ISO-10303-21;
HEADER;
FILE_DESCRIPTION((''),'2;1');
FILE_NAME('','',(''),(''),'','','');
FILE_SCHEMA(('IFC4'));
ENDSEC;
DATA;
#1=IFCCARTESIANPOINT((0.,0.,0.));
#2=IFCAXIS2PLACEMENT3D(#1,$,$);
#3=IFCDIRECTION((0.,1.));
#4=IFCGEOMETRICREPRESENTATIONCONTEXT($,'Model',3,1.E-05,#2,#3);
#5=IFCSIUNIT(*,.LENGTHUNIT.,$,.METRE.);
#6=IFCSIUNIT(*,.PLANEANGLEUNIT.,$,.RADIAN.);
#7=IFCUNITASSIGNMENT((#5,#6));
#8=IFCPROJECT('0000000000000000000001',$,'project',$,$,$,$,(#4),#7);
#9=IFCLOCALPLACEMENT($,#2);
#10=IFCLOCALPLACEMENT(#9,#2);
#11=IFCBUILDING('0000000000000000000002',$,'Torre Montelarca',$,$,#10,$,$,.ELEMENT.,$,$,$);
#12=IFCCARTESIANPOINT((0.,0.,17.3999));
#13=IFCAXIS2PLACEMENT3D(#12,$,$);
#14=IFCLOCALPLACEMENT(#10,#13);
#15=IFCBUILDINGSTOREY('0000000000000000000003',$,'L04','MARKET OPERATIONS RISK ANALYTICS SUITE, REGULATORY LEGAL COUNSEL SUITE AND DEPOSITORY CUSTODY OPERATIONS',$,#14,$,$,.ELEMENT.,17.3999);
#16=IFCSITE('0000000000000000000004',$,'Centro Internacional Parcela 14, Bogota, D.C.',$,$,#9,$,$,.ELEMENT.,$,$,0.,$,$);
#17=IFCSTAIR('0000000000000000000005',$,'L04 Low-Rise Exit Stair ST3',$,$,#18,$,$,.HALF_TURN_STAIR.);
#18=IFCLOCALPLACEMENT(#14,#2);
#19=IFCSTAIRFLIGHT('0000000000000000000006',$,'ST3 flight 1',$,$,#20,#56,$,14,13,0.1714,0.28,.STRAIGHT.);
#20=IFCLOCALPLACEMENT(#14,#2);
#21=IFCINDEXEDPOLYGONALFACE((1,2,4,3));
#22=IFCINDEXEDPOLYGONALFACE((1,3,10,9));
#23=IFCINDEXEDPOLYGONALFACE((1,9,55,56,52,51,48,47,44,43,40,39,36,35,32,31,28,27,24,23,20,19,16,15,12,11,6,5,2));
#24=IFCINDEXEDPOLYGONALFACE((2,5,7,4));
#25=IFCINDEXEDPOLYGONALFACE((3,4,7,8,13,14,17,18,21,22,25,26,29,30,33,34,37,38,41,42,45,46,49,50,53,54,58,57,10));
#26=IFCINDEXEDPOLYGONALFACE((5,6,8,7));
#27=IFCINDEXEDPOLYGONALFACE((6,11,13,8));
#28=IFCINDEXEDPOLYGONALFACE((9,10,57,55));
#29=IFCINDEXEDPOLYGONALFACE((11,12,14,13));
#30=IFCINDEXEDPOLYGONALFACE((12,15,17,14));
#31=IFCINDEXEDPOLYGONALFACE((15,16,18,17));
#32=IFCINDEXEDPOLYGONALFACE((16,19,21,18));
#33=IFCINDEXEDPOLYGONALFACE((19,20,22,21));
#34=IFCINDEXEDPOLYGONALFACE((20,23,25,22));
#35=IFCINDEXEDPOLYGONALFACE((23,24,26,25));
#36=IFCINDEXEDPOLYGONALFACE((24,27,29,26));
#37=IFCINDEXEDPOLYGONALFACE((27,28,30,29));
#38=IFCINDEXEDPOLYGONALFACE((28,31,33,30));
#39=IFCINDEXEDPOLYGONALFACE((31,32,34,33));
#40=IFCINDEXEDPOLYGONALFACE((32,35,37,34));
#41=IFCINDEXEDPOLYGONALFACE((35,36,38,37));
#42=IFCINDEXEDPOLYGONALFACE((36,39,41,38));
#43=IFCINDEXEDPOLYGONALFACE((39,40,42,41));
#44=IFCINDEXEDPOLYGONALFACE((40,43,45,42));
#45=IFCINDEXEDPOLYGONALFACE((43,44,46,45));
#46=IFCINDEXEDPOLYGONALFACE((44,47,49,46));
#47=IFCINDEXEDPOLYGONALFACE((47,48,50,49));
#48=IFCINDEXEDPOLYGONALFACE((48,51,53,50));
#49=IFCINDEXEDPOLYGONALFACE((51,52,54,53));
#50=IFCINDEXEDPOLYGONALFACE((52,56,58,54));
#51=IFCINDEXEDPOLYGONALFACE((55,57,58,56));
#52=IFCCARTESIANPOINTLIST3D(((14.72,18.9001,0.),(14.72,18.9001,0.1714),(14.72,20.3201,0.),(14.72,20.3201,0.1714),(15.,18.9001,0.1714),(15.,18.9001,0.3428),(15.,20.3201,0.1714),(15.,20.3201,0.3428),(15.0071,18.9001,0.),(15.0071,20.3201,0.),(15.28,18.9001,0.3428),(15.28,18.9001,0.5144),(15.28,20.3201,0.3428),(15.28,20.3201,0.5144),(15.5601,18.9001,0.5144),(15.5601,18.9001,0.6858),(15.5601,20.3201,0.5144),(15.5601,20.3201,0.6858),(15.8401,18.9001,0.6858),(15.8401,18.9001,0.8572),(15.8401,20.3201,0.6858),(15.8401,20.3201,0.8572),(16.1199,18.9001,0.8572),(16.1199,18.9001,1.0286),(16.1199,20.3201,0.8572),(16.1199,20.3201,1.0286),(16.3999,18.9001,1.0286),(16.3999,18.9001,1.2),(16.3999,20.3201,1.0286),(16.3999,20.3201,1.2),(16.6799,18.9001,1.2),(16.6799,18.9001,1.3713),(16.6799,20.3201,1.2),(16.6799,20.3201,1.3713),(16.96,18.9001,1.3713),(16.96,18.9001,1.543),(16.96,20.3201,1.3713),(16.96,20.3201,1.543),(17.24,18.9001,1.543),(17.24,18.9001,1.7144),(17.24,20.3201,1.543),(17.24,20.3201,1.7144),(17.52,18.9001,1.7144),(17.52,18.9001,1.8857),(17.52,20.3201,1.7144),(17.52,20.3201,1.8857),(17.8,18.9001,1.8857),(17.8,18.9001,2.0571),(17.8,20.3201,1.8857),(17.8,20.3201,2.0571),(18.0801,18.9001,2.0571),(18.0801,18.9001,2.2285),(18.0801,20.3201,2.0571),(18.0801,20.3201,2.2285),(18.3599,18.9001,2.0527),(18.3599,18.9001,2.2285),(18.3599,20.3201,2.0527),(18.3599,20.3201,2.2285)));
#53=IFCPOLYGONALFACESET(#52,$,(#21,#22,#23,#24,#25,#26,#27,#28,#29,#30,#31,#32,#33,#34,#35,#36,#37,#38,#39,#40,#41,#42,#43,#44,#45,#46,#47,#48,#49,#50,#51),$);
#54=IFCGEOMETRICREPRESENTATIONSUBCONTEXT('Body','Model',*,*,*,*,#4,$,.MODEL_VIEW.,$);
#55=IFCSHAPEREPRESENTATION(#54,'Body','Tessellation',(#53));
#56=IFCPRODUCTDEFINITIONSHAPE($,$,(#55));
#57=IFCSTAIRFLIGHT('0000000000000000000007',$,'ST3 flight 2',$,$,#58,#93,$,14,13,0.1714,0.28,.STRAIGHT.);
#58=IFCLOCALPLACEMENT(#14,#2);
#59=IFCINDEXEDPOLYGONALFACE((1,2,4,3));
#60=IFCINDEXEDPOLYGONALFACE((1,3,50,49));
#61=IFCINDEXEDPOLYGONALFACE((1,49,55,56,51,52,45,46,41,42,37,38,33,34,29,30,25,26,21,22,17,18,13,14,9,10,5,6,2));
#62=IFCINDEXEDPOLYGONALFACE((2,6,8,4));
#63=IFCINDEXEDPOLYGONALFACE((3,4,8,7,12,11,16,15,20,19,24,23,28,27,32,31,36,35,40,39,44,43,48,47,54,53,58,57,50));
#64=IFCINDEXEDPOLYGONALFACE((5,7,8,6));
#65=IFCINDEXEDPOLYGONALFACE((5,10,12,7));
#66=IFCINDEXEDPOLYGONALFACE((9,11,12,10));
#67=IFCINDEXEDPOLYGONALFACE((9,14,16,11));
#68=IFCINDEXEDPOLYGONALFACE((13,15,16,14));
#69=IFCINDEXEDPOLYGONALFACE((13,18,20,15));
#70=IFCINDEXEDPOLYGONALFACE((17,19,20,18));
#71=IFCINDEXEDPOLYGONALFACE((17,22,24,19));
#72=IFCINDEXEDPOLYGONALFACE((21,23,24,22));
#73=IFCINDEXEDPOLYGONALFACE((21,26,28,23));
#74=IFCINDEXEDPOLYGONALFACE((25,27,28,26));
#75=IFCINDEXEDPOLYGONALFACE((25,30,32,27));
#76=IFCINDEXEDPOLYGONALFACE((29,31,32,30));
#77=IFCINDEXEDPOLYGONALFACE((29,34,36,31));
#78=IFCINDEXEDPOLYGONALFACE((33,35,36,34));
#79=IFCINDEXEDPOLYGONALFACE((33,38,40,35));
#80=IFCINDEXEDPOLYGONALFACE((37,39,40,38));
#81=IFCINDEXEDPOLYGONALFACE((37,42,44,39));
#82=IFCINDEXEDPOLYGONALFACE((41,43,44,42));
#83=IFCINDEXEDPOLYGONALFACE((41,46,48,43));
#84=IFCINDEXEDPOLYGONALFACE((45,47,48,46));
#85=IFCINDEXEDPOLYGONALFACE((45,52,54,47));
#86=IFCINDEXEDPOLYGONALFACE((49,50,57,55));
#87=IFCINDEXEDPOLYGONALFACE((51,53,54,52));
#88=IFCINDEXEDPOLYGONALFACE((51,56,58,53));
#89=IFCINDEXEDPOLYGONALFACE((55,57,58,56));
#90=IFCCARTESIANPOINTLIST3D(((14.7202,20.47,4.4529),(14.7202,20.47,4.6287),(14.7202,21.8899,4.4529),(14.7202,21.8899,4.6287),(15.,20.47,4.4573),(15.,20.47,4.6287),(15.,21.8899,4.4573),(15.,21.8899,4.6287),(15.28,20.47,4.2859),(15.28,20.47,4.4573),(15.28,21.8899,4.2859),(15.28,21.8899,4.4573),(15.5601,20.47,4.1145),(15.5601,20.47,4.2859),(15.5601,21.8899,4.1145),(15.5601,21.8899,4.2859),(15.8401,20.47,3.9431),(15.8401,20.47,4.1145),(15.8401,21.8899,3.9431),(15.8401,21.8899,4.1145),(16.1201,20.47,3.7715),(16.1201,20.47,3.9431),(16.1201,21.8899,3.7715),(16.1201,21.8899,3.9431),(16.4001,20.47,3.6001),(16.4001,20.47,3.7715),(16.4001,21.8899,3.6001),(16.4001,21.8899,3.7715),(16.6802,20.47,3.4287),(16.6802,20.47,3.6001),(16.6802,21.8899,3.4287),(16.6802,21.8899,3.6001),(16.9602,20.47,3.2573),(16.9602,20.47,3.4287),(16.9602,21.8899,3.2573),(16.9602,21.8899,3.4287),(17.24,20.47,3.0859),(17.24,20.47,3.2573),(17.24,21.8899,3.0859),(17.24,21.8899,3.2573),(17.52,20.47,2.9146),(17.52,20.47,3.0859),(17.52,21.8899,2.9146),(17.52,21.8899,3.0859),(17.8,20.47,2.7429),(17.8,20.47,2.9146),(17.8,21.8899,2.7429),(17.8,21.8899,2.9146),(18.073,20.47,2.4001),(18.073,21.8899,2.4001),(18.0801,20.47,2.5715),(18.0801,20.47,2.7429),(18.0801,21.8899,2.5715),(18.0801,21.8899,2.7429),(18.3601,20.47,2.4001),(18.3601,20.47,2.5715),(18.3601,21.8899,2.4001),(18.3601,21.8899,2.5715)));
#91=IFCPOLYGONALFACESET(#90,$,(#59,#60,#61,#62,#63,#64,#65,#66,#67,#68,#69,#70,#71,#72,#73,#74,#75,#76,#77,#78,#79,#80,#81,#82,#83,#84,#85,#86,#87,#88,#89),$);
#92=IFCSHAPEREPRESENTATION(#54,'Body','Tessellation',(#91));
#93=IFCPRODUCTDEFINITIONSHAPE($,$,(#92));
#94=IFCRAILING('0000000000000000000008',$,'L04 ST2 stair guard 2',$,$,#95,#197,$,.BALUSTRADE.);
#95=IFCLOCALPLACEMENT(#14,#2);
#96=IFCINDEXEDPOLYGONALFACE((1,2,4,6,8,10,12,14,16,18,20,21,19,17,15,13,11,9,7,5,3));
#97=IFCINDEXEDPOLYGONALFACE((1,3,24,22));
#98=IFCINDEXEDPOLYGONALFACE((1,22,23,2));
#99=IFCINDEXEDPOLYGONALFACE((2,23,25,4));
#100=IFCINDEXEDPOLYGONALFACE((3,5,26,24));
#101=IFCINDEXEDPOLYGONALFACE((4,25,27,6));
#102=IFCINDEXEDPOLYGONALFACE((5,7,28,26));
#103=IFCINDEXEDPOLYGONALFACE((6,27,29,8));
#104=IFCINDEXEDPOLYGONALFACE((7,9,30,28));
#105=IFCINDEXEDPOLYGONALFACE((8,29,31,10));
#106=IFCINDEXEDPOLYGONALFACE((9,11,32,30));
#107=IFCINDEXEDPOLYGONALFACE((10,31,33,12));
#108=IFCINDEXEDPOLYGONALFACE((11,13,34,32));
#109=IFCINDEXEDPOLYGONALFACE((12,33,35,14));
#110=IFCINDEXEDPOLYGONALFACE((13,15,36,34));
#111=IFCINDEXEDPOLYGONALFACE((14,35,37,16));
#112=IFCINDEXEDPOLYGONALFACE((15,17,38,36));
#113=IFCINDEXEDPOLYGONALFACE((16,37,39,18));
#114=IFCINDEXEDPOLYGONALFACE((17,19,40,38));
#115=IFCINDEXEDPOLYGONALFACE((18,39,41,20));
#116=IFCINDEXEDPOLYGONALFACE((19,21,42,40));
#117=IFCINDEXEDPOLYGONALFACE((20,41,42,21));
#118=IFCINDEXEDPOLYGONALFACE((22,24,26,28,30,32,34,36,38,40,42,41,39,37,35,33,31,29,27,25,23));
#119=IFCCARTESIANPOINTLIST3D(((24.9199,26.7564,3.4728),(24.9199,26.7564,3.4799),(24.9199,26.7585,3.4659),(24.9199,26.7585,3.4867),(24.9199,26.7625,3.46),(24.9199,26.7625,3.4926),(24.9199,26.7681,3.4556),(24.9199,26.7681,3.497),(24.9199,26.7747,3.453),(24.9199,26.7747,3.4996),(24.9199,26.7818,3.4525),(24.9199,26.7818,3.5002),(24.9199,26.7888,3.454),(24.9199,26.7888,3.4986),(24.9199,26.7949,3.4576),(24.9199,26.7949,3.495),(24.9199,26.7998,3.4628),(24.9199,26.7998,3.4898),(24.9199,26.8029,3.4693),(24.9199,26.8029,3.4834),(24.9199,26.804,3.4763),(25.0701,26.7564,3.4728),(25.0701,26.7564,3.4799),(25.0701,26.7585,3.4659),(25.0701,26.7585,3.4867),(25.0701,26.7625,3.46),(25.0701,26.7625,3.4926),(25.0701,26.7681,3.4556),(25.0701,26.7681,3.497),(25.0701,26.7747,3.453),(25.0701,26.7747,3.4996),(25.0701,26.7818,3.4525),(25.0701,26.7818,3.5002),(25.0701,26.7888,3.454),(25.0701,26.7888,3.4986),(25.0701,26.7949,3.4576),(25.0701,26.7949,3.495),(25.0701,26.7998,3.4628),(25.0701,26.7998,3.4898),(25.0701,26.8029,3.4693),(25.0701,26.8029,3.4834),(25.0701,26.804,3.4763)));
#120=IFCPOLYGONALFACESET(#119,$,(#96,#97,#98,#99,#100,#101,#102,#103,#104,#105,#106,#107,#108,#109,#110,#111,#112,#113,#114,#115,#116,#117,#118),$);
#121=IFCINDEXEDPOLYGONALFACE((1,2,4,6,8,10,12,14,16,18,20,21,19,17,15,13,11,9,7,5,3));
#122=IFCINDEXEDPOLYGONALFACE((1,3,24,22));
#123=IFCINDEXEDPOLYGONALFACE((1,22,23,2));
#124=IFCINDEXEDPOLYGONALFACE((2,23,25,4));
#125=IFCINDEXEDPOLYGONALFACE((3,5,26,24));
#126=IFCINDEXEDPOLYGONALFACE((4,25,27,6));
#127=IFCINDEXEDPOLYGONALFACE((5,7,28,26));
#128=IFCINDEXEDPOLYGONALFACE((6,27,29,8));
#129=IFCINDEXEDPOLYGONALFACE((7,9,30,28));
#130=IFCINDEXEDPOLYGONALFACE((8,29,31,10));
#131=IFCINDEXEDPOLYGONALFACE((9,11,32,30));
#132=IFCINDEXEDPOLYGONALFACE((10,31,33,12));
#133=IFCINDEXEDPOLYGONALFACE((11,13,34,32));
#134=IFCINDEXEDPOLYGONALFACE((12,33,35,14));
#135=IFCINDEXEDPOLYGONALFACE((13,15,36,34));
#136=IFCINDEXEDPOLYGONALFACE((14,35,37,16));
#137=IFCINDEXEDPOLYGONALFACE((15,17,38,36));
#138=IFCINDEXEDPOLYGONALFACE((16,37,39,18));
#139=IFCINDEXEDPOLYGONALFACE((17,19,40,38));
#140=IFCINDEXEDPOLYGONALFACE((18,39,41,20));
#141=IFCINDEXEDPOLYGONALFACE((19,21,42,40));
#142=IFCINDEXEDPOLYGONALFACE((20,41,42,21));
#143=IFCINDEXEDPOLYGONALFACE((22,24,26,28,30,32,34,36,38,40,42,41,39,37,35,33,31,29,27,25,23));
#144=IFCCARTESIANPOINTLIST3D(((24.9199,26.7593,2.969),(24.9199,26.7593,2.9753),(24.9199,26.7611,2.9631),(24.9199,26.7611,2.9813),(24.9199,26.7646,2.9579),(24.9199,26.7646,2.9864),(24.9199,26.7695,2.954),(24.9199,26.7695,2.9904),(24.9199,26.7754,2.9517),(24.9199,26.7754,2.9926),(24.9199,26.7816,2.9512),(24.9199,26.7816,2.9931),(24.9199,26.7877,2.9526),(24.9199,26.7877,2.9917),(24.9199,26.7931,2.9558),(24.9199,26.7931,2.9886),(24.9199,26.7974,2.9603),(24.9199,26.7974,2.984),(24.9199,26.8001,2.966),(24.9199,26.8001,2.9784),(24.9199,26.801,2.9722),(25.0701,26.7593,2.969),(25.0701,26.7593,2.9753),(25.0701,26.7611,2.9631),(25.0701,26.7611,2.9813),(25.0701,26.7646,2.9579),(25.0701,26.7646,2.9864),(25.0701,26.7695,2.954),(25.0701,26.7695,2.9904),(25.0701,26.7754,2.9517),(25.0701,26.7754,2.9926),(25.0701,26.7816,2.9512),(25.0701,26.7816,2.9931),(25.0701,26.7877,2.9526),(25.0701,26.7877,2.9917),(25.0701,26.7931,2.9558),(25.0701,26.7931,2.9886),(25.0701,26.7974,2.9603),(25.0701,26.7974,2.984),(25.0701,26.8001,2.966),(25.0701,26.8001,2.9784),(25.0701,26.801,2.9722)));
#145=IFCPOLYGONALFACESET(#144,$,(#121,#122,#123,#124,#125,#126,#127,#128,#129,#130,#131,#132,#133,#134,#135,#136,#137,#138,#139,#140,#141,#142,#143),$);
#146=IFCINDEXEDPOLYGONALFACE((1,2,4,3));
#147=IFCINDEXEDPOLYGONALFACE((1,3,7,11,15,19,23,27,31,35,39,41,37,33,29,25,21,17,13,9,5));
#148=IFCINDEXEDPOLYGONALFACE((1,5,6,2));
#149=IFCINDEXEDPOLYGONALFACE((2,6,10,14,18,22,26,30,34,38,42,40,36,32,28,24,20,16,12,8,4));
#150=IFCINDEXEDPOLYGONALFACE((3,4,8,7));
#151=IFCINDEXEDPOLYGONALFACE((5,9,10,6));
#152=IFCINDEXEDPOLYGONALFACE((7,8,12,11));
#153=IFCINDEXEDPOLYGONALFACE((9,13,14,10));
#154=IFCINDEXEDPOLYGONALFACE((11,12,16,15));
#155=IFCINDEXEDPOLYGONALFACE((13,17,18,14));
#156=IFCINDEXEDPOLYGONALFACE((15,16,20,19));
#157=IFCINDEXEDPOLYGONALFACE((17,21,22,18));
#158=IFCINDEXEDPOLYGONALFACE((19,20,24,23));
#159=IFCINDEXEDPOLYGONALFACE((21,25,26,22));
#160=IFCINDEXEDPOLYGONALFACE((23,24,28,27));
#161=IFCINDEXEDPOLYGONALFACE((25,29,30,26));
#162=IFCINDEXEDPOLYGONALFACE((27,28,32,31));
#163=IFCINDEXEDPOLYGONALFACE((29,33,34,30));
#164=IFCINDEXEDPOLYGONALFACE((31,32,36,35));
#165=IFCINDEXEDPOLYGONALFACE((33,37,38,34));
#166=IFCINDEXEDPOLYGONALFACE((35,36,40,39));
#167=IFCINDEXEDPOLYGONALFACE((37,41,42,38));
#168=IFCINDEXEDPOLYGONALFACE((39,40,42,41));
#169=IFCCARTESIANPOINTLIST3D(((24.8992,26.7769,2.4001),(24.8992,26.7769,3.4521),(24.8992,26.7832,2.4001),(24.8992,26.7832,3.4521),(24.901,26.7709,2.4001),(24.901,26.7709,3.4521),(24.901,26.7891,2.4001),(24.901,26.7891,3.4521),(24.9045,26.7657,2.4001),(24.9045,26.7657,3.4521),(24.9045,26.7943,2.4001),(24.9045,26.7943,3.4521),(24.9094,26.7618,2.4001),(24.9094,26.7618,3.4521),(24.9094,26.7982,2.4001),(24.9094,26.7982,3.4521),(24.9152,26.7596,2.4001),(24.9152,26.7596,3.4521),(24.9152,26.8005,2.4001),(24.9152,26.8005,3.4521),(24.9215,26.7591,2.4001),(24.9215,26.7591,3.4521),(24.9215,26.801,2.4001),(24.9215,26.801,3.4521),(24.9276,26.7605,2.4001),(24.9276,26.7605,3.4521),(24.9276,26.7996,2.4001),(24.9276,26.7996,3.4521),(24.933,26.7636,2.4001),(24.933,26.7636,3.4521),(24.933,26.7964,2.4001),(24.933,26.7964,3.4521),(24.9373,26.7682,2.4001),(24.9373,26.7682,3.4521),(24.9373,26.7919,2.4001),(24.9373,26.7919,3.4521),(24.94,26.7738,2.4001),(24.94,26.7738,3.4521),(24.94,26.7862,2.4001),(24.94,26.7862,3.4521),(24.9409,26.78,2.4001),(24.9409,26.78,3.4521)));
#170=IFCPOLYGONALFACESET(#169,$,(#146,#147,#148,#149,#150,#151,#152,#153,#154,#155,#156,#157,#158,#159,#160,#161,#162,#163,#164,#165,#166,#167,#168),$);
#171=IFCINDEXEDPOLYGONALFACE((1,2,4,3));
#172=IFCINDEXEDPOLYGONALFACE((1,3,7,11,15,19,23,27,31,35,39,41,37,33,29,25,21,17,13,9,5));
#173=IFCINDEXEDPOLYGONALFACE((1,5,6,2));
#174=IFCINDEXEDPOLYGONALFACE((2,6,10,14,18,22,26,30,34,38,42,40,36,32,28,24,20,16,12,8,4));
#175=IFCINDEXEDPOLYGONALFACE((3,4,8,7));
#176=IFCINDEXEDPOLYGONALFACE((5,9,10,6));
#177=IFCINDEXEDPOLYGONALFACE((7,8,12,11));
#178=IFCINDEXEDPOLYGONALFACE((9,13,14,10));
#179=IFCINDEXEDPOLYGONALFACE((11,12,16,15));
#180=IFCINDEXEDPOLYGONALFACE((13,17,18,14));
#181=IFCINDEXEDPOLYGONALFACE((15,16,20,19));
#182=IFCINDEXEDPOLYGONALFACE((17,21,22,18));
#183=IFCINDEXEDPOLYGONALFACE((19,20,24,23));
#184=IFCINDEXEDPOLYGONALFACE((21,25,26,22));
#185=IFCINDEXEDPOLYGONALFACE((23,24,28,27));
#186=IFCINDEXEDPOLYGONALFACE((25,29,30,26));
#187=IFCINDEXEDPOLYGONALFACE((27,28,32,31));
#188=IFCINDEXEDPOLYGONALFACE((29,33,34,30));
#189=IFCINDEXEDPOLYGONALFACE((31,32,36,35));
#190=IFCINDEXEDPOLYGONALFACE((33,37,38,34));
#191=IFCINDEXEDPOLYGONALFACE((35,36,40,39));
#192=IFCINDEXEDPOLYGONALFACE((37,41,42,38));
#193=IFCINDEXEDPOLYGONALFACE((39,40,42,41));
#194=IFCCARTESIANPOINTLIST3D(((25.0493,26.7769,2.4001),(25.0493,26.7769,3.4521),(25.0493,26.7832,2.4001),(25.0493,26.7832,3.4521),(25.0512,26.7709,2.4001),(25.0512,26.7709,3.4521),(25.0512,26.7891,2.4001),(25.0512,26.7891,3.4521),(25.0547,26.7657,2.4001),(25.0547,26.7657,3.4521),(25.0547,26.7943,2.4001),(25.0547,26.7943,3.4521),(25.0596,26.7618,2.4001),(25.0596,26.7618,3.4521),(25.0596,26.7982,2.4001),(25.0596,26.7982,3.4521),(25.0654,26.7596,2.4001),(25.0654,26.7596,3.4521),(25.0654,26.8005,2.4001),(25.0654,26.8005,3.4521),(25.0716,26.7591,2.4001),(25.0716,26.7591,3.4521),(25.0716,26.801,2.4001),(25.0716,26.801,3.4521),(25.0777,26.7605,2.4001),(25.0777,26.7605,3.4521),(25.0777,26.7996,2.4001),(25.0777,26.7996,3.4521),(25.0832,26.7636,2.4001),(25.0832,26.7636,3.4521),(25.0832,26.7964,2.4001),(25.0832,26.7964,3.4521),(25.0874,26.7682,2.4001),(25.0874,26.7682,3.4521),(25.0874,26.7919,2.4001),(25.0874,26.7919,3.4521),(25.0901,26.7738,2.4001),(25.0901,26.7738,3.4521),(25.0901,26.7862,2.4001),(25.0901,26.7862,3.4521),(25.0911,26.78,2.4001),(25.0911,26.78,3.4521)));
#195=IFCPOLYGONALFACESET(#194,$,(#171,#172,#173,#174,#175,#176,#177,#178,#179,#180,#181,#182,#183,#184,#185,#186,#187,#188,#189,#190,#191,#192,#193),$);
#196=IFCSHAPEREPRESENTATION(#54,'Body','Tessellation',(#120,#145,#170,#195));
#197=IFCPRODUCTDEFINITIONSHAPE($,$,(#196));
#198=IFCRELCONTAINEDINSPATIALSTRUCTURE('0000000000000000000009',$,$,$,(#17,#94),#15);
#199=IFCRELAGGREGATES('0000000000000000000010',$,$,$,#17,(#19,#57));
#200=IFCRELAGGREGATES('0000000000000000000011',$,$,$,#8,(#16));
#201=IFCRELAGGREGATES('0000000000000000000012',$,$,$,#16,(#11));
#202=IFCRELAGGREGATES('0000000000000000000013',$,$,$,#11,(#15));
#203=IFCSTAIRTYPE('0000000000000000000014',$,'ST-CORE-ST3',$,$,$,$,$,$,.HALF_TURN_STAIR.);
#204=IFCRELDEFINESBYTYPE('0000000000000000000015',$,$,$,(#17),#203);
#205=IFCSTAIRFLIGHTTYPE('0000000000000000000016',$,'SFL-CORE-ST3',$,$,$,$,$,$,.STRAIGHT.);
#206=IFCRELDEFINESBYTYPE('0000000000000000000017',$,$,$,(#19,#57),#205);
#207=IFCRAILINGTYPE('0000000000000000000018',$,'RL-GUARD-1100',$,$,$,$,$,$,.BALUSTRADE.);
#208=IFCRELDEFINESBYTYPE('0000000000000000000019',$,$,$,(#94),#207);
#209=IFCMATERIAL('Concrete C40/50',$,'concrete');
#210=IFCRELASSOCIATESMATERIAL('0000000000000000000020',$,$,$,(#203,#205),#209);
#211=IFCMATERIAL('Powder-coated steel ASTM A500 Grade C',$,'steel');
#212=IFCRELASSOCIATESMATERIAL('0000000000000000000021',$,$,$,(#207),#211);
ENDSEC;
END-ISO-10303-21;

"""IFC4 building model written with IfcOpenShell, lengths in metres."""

from ifc_helpers import new_model, si_unit, direction, frame, origin, origin_2d, place, context, subcontext, project, spatial, polyline, circle, outline, extrude, material, type_object, element, aggregate, save


model = new_model("IFC4")

# Units and contexts
model_context = context("Model", 3, precision=1e-05, world=origin(), true_north=direction((0.0, 1.0)))
body_context = subcontext(model_context, "Body", "Model", "MODEL_VIEW")
ifc_project = project(units=[si_unit("LENGTHUNIT", "METRE"), si_unit("PLANEANGLEUNIT", "RADIAN")], contexts=[model_context])

# Site, building, storey
site_placement = place(None, origin())
site = spatial("IfcSite", under=ifc_project, at=site_placement, Name="Centro Internacional Parcela 14, Bogota, D.C.", CompositionType="ELEMENT", RefElevation=0.0)
building_placement = place(site_placement, origin())
building = spatial("IfcBuilding", under=site, at=building_placement, Name="Torre Montelarca", CompositionType="ELEMENT")
storey_placement = place(building_placement, frame((0.0, 0.0, 17.3999)))
storey = spatial("IfcBuildingStorey", under=building, at=storey_placement, Name="L04", Description="MARKET OPERATIONS RISK ANALYTICS SUITE, REGULATORY LEGAL COUNSEL SUITE AND DEPOSITORY CUSTODY OPERATIONS", CompositionType="ELEMENT", Elevation=17.3999)

# Shared definitions
ifc_material_1 = material(Name="Concrete C40/50", Category="concrete")

# Stair, stair flights
stair_type_1 = type_object("IfcStairType", Name="ST-CORE-ST3", PredefinedType="HALF_TURN_STAIR", material=ifc_material_1)
stair_1_placement = place(storey_placement, origin())
stair_1 = element("IfcStair", 1, at=stair_1_placement, inside=storey, type_object=stair_type_1, Name="L04 Low-Rise Exit Stair ST3", PredefinedType="HALF_TURN_STAIR")
stair_flight_type_1 = type_object("IfcStairFlightType", Name="SFL-CORE-ST3", PredefinedType="STRAIGHT", material=ifc_material_1)
stair_flight_1_placement = place(storey_placement, frame((14.72, 19.6101, 0.0), z_axis=(0.0, 0.0, 1.0), x_axis=(1.0, 0.0, 0.0)))
stair_flight_1 = element("IfcStairFlight", 2, at=stair_flight_1_placement, type_object=stair_flight_type_1, Name="ST3 flight 1", NumberOfRisers=14, NumberOfTreads=13, PredefinedType="STRAIGHT", RiserHeight=0.1714, TreadLength=0.28, context=body_context, shape_type="SweptSolid", body=[
    extrude(outline(polyline([(0.0, 0.0), (0.0, 0.1714), (0.28, 0.1714), (0.28, 0.3428), (0.5601, 0.3428), (0.5601, 0.5144), (0.8401, 0.5144), (0.8401, 0.6858), (1.1201, 0.6858), (1.1201, 0.8572), (1.3999, 0.8572), (1.3999, 1.0286), (1.6799, 1.0286), (1.6799, 1.2), (1.96, 1.2), (1.96, 1.3713), (2.24, 1.3713), (2.24, 1.543), (2.52, 1.543), (2.52, 1.7144), (2.8, 1.7144), (2.8, 1.8857), (3.0801, 1.8857), (3.0801, 2.0571), (3.3601, 2.0571), (3.3601, 2.2285), (3.6399, 2.2285), (3.6399, 2.3999), (3.6399, 2.0527), (0.2871, 0.0), (0.0, 0.0)])), frame((0.0, 0.71, 0.0), z_axis=(0.0, -1.0, 0.0), x_axis=(1.0, 0.0, 0.0)), (0.0, 0.0, 1.0), 1.4199),
])
stair_flight_2_placement = place(storey_placement, frame((18.3601, 21.1799, 2.4001), z_axis=(0.0, 0.0, 1.0), x_axis=(-1.0, 0.0, 0.0)))
stair_flight_2 = element("IfcStairFlight", 3, at=stair_flight_2_placement, type_object=stair_flight_type_1, Name="ST3 flight 2", NumberOfRisers=14, NumberOfTreads=13, PredefinedType="STRAIGHT", RiserHeight=0.1714, TreadLength=0.28, context=body_context, shape_type="SweptSolid", body=[
    extrude(outline(polyline([(0.0, 0.0), (0.0, 0.1714), (0.28, 0.1714), (0.28, 0.3428), (0.5601, 0.3428), (0.5601, 0.5144), (0.8401, 0.5144), (0.8401, 0.6858), (1.1201, 0.6858), (1.1201, 0.8572), (1.3999, 0.8572), (1.3999, 1.0286), (1.6799, 1.0286), (1.6799, 1.2), (1.96, 1.2), (1.96, 1.3713), (2.24, 1.3713), (2.24, 1.543), (2.52, 1.543), (2.52, 1.7144), (2.8, 1.7144), (2.8, 1.8857), (3.0801, 1.8857), (3.0801, 2.0571), (3.3601, 2.0571), (3.3601, 2.2285), (3.6399, 2.2285), (3.6399, 2.3999), (3.6399, 2.0527), (0.2871, 0.0), (0.0, 0.0)])), frame((0.0, 0.71, 0.0), z_axis=(0.0, -1.0, 0.0), x_axis=(1.0, 0.0, 0.0)), (0.0, 0.0, 1.0), 1.4199),
])
aggregate(stair_1, [stair_flight_1, stair_flight_2])

# Railing
ifc_material_2 = material(Name="Powder-coated steel ASTM A500 Grade C", Category="steel")
railing_type_1 = type_object("IfcRailingType", Name="RL-GUARD-1100", PredefinedType="BALUSTRADE", material=ifc_material_2)
railing_1_placement = place(storey_placement, frame((24.9199, 26.78, 2.4001)))
element("IfcRailing", 4, at=railing_1_placement, inside=storey, type_object=railing_type_1, Name="L04 ST2 stair guard 2", PredefinedType="BALUSTRADE", context=body_context, shape_type="SweptSolid", body=[
    extrude(circle(Radius=0.0239, at=origin_2d()), frame((0.0, 0.0, 1.0762), z_axis=(1.0, 0.0, 0.0), x_axis=(0.0, 1.0, 0.0)), (0.0, 0.0, 1.0), 0.1501),
    extrude(circle(Radius=0.021, at=origin_2d()), frame((0.0, 0.0, 0.572), z_axis=(1.0, 0.0, 0.0), x_axis=(0.0, 1.0, 0.0)), (0.0, 0.0, 1.0), 0.1501),
    extrude(circle(Radius=0.021, at=origin_2d()), origin(), (0.0, 0.0, 1.0), 1.052),
    extrude(circle(Radius=0.021, at=origin_2d()), frame((0.1501, 0.0, 0.0)), (0.0, 0.0, 1.0), 1.052),
])

save(model, "model.ifc")
